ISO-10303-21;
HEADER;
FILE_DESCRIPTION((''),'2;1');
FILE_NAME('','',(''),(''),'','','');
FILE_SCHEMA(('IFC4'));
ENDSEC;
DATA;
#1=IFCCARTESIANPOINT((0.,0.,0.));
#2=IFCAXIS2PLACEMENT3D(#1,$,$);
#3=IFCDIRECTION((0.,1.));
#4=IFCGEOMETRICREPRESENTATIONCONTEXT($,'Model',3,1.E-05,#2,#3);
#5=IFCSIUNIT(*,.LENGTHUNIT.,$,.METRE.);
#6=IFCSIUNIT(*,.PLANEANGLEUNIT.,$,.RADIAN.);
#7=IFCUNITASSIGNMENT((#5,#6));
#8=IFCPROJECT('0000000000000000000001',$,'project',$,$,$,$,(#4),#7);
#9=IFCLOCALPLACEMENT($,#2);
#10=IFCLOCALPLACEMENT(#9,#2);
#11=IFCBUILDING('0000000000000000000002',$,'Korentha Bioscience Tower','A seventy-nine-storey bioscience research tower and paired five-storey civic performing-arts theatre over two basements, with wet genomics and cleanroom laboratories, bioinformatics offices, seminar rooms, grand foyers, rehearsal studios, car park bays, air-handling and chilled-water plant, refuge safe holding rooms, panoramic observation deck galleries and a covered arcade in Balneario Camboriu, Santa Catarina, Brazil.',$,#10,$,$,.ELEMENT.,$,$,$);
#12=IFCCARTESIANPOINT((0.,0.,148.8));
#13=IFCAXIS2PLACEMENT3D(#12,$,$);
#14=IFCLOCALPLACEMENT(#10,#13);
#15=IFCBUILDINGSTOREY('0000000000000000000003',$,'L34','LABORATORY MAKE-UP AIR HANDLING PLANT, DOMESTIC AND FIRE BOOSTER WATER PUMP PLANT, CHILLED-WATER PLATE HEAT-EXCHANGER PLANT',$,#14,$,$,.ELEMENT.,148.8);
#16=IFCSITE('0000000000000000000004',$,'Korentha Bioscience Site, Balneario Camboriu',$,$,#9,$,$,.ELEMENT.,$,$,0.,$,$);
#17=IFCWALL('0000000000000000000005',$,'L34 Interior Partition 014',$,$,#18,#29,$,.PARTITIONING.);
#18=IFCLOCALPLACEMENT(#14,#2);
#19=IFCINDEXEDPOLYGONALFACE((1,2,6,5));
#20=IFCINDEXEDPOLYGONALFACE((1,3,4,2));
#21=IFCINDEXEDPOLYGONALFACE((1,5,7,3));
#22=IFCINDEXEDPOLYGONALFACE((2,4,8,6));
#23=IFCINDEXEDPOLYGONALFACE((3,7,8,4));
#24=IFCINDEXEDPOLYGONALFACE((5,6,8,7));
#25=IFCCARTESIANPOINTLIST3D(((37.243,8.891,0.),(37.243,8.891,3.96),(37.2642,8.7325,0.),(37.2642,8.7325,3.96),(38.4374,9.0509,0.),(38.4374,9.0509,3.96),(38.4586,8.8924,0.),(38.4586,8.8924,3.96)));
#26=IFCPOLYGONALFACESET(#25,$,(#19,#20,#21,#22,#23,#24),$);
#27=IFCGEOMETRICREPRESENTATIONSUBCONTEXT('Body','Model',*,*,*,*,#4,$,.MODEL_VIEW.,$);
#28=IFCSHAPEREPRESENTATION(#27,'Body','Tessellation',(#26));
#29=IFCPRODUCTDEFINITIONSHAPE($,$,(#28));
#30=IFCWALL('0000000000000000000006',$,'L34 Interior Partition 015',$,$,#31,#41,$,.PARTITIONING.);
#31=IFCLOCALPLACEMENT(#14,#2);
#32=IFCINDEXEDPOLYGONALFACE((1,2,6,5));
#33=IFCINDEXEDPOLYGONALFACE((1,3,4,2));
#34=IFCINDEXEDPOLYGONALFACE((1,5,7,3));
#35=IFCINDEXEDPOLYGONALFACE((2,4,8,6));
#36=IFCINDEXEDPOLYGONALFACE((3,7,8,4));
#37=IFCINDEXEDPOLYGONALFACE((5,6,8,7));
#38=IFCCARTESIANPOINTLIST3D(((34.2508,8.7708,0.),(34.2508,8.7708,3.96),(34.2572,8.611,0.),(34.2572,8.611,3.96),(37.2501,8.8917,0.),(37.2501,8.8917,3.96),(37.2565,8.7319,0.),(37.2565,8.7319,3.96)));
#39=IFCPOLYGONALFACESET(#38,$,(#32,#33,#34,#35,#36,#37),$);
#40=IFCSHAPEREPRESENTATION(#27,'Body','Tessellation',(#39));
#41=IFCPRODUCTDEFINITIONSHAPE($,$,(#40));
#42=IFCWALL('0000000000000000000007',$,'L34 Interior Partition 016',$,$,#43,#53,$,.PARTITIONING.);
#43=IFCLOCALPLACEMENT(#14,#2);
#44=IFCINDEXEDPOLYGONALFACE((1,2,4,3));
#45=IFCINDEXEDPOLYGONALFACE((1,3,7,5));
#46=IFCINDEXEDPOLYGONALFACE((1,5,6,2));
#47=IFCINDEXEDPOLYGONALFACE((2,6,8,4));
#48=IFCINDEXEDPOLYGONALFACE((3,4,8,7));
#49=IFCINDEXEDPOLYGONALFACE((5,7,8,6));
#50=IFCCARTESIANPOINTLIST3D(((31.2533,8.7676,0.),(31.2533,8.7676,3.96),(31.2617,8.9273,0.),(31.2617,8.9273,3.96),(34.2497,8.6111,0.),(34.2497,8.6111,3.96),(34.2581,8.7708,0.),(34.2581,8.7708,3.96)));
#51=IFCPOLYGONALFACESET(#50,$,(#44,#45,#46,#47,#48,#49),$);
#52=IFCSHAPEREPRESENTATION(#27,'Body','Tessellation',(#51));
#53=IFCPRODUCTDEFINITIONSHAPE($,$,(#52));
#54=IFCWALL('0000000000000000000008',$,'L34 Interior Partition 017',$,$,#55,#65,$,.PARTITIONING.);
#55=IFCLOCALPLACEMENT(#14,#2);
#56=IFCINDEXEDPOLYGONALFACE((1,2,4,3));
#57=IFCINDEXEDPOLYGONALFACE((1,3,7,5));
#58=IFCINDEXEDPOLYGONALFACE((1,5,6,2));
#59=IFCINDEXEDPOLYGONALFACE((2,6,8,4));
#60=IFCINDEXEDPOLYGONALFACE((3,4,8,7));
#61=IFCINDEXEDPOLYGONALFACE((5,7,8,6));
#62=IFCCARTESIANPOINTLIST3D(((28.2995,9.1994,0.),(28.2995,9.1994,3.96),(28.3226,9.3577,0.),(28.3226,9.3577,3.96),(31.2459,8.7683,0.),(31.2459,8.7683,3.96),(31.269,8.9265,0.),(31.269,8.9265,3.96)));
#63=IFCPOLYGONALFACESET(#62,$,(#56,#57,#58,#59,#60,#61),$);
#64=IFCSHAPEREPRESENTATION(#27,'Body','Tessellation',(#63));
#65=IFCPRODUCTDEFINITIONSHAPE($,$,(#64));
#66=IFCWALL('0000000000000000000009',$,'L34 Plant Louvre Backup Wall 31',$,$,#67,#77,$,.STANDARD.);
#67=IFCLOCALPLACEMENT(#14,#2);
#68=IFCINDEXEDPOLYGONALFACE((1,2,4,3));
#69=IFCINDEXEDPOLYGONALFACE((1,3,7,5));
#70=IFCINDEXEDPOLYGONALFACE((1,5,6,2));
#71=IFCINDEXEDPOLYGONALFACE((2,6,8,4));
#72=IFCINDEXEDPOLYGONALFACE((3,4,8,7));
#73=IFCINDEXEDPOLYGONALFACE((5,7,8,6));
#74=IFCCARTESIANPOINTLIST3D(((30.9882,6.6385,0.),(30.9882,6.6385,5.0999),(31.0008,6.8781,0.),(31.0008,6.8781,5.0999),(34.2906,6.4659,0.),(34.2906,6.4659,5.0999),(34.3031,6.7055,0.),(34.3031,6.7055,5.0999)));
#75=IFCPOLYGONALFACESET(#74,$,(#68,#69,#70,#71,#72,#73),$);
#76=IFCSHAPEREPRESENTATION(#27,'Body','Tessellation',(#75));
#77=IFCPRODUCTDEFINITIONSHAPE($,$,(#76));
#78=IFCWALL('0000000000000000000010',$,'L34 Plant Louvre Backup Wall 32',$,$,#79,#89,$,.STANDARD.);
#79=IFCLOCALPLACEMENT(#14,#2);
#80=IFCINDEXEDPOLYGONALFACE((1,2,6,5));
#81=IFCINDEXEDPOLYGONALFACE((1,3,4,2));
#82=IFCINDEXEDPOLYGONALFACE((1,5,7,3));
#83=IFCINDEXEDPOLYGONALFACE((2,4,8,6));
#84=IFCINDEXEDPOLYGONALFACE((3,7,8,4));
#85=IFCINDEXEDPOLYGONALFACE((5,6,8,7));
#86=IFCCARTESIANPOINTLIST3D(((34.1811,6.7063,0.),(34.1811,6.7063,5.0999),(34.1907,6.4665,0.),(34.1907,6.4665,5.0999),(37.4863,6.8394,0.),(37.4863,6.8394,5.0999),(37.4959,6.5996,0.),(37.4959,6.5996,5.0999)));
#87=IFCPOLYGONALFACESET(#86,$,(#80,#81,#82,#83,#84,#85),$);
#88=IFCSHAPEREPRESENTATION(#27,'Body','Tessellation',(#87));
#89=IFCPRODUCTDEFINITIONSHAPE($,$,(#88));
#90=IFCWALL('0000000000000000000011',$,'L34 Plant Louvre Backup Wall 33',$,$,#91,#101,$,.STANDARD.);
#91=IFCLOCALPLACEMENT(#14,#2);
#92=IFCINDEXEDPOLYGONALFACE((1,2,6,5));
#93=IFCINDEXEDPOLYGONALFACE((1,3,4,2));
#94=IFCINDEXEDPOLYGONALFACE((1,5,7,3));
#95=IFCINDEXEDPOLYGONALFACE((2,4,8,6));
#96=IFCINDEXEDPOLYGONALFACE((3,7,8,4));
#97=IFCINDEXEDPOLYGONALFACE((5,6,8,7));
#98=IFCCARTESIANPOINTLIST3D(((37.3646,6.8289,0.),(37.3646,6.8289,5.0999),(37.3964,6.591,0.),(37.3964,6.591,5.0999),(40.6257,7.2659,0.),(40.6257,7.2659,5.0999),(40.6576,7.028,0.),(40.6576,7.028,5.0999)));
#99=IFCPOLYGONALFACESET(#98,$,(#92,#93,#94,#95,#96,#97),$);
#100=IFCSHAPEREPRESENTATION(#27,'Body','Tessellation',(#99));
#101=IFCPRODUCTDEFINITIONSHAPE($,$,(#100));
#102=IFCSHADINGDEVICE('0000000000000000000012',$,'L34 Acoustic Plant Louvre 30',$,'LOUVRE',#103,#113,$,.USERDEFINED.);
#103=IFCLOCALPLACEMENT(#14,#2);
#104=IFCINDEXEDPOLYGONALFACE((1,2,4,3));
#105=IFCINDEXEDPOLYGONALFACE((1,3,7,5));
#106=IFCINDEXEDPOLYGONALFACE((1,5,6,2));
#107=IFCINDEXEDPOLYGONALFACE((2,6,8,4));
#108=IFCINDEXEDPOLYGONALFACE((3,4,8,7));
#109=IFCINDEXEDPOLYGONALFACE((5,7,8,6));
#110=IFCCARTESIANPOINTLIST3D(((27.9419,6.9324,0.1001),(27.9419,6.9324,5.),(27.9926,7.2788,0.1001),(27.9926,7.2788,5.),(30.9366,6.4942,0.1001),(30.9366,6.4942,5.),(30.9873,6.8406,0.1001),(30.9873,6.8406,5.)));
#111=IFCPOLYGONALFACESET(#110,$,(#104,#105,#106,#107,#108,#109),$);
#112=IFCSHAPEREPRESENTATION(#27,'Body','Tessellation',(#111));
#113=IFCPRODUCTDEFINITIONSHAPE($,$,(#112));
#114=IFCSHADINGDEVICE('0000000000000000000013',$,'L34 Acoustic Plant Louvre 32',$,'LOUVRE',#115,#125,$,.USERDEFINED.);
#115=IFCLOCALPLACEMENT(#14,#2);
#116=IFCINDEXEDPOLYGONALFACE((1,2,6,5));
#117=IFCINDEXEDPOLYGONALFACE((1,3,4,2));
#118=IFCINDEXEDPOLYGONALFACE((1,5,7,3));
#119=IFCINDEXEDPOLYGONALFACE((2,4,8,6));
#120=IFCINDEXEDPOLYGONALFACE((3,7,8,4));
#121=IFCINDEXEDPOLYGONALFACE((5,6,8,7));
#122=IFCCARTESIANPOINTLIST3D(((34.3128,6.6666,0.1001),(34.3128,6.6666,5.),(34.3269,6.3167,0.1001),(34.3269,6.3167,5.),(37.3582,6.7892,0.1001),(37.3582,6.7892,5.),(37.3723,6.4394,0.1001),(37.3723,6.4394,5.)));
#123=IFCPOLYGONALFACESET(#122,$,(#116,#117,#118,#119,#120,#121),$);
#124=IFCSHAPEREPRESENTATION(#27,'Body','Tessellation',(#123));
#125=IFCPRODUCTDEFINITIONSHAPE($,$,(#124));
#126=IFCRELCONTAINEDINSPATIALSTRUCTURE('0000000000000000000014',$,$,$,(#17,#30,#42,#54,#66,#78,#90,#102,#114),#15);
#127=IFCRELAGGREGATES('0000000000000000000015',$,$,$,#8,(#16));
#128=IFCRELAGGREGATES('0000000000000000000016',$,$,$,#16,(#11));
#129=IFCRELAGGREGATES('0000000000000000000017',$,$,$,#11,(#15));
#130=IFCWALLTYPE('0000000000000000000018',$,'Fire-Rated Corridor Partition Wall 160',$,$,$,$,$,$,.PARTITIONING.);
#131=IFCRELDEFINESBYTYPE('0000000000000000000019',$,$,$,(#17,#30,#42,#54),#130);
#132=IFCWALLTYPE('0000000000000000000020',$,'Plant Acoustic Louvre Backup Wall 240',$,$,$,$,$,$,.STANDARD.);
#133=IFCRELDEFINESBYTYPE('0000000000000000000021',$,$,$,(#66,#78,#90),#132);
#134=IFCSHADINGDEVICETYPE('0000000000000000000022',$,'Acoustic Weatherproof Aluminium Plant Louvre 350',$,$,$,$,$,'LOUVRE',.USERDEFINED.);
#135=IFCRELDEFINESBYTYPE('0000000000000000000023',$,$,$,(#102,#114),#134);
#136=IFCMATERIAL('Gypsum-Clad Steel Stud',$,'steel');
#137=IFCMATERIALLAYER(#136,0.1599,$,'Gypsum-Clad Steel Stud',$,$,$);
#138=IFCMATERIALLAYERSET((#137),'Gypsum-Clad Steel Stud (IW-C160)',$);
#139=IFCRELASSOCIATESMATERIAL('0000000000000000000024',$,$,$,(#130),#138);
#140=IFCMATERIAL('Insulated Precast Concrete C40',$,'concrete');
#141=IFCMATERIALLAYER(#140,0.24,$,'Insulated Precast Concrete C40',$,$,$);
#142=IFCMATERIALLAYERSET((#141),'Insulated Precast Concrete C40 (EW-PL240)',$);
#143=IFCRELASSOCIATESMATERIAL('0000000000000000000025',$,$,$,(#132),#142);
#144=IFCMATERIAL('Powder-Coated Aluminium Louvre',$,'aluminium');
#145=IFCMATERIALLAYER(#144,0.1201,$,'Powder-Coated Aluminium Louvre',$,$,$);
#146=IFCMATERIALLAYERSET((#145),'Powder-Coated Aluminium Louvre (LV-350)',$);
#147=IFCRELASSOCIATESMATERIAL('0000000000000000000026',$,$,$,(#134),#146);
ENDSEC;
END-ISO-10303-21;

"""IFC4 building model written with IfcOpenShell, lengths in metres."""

from ifc_helpers import new_model, si_unit, direction, frame, frame_2d, origin, origin_2d, place, context, subcontext, project, spatial, rectangle, extrude, material, layer, layer_set, type_object, element, save


model = new_model("IFC4")

# Units and contexts
model_context = context("Model", 3, precision=1e-05, world=origin(), true_north=direction((0.0, 1.0)))
body_context = subcontext(model_context, "Body", "Model", "MODEL_VIEW")
ifc_project = project(units=[si_unit("LENGTHUNIT", "METRE"), si_unit("PLANEANGLEUNIT", "RADIAN")], contexts=[model_context])

# Site, building, storey
site_placement = place(None, origin())
site = spatial("IfcSite", under=ifc_project, at=site_placement, Name="Korentha Bioscience Site, Balneario Camboriu", CompositionType="ELEMENT", RefElevation=0.0)
building_placement = place(site_placement, origin())
building = spatial("IfcBuilding", under=site, at=building_placement, Name="Korentha Bioscience Tower", Description="A seventy-nine-storey bioscience research tower and paired five-storey civic performing-arts theatre over two basements, with wet genomics and cleanroom laboratories, bioinformatics offices, seminar rooms, grand foyers, rehearsal studios, car park bays, air-handling and chilled-water plant, refuge safe holding rooms, panoramic observation deck galleries and a covered arcade in Balneario Camboriu, Santa Catarina, Brazil.", CompositionType="ELEMENT")
storey_placement = place(building_placement, frame((0.0, 0.0, 148.8)))
storey = spatial("IfcBuildingStorey", under=building, at=storey_placement, Name="L34", Description="LABORATORY MAKE-UP AIR HANDLING PLANT, DOMESTIC AND FIRE BOOSTER WATER PUMP PLANT, CHILLED-WATER PLATE HEAT-EXCHANGER PLANT", CompositionType="ELEMENT", Elevation=148.8)

# Walls
ifc_material_1 = material(Name="Gypsum-Clad Steel Stud", Category="steel")
ifc_layer_1 = layer(ifc_material_1, 0.1599, Name="Gypsum-Clad Steel Stud")
ifc_layer_set_1 = layer_set([ifc_layer_1], Name="Gypsum-Clad Steel Stud (IW-C160)")
wall_type_1 = type_object("IfcWallType", Name="Fire-Rated Corridor Partition Wall 160", PredefinedType="PARTITIONING", material=ifc_layer_set_1)
wall_1_placement = place(storey_placement, frame((38.448, 8.9717, 0.0), z_axis=(0.0, 0.0, 1.0), x_axis=(-0.991155, -0.132708, 0.0)))
element("IfcWall", 1, at=wall_1_placement, inside=storey, type_object=wall_type_1, Name="L34 Interior Partition 014", PredefinedType="PARTITIONING", context=body_context, shape_type="SweptSolid", body=[
    extrude(rectangle(XDim=1.2051, YDim=0.1599, at=frame_2d((0.6025, 0.0))), origin(), (0.0, 0.0, 1.0), 3.96),
])
wall_2_placement = place(storey_placement, frame((37.2534, 8.8118, 0.0), z_axis=(0.0, 0.0, 1.0), x_axis=(-0.999189, -0.04026, 0.0)))
element("IfcWall", 2, at=wall_2_placement, inside=storey, type_object=wall_type_1, Name="L34 Interior Partition 015", PredefinedType="PARTITIONING", context=body_context, shape_type="SweptSolid", body=[
    extrude(rectangle(XDim=3.0017, YDim=0.1599, at=frame_2d((1.501, 0.0))), origin(), (0.0, 0.0, 1.0), 3.96),
])
wall_3_placement = place(storey_placement, frame((34.2539, 8.6909, 0.0), z_axis=(0.0, 0.0, 1.0), x_axis=(-0.998639, 0.052157, 0.0)))
element("IfcWall", 3, at=wall_3_placement, inside=storey, type_object=wall_type_1, Name="L34 Interior Partition 016", PredefinedType="PARTITIONING", context=body_context, shape_type="SweptSolid", body=[
    extrude(rectangle(XDim=3.0005, YDim=0.1599, at=frame_2d((1.5002, 0.0))), origin(), (0.0, 0.0, 1.0), 3.96),
])
wall_4_placement = place(storey_placement, frame((31.2573, 8.8474, 0.0), z_axis=(0.0, 0.0, 1.0), x_axis=(-0.989462, 0.144795, 0.0)))
element("IfcWall", 4, at=wall_4_placement, inside=storey, type_object=wall_type_1, Name="L34 Interior Partition 017", PredefinedType="PARTITIONING", context=body_context, shape_type="SweptSolid", body=[
    extrude(rectangle(XDim=2.9778, YDim=0.1599, at=frame_2d((1.4888, 0.0))), origin(), (0.0, 0.0, 1.0), 3.96),
])
ifc_material_2 = material(Name="Insulated Precast Concrete C40", Category="concrete")
ifc_layer_2 = layer(ifc_material_2, 0.24, Name="Insulated Precast Concrete C40")
ifc_layer_set_2 = layer_set([ifc_layer_2], Name="Insulated Precast Concrete C40 (EW-PL240)")
wall_type_2 = type_object("IfcWallType", Name="Plant Acoustic Louvre Backup Wall 240", PredefinedType="STANDARD", material=ifc_layer_set_2)
wall_5_placement = place(storey_placement, frame((30.9946, 6.7583, 0.0), z_axis=(0.0, 0.0, 1.0), x_axis=(0.998637, -0.052195, 0.0)))
element("IfcWall", 5, at=wall_5_placement, inside=storey, type_object=wall_type_2, Name="L34 Plant Louvre Backup Wall 31", PredefinedType="STANDARD", context=body_context, shape_type="SweptSolid", body=[
    extrude(rectangle(XDim=3.3069, YDim=0.24, at=frame_2d((1.6533, 0.0))), origin(), (0.0, 0.0, 1.0), 5.0999),
])
wall_6_placement = place(storey_placement, frame((34.186, 6.5864, 0.0), z_axis=(0.0, 0.0, 1.0), x_axis=(0.999191, 0.040224, 0.0)))
element("IfcWall", 6, at=wall_6_placement, inside=storey, type_object=wall_type_2, Name="L34 Plant Louvre Backup Wall 32", PredefinedType="STANDARD", context=body_context, shape_type="SweptSolid", body=[
    extrude(rectangle(XDim=3.3079, YDim=0.24, at=frame_2d((1.6538, 0.0))), origin(), (0.0, 0.0, 1.0), 5.0999),
])
wall_7_placement = place(storey_placement, frame((37.3806, 6.71, 0.0), z_axis=(0.0, 0.0, 1.0), x_axis=(0.991141, 0.132815, 0.0)))
element("IfcWall", 7, at=wall_7_placement, inside=storey, type_object=wall_type_2, Name="L34 Plant Louvre Backup Wall 33", PredefinedType="STANDARD", context=body_context, shape_type="SweptSolid", body=[
    extrude(rectangle(XDim=3.2903, YDim=0.24, at=frame_2d((1.645, 0.0))), origin(), (0.0, 0.0, 1.0), 5.0999),
])

# Shading devices
ifc_material_3 = material(Name="Powder-Coated Aluminium Louvre", Category="aluminium")
ifc_layer_3 = layer(ifc_material_3, 0.1201, Name="Powder-Coated Aluminium Louvre")
ifc_layer_set_3 = layer_set([ifc_layer_3], Name="Powder-Coated Aluminium Louvre (LV-350)")
shading_device_type = type_object("IfcShadingDeviceType", Name="Acoustic Weatherproof Aluminium Plant Louvre 350", ElementType="LOUVRE", PredefinedType="USERDEFINED", material=ifc_layer_set_3)
shading_device_1_placement = place(storey_placement, frame((29.4646, 6.8865, 0.1001), z_axis=(0.0, 0.0, 1.0), x_axis=(0.989462, -0.14479, 0.0)))
element("IfcShadingDevice", 8, at=shading_device_1_placement, inside=storey, type_object=shading_device_type, Name="L34 Acoustic Plant Louvre 30", ObjectType="LOUVRE", PredefinedType="USERDEFINED", context=body_context, shape_type="SweptSolid", body=[
    extrude(rectangle(XDim=3.0266, YDim=0.3501, at=origin_2d()), origin(), (0.0, 0.0, 1.0), 4.8999),
])
shading_device_2_placement = place(storey_placement, frame((35.8425, 6.553, 0.1001), z_axis=(0.0, 0.0, 1.0), x_axis=(0.99919, 0.040244, 0.0)))
element("IfcShadingDevice", 9, at=shading_device_2_placement, inside=storey, type_object=shading_device_type, Name="L34 Acoustic Plant Louvre 32", ObjectType="LOUVRE", PredefinedType="USERDEFINED", context=body_context, shape_type="SweptSolid", body=[
    extrude(rectangle(XDim=3.0479, YDim=0.3501, at=origin_2d()), origin(), (0.0, 0.0, 1.0), 4.8999),
])

save(model, "model.ifc")
